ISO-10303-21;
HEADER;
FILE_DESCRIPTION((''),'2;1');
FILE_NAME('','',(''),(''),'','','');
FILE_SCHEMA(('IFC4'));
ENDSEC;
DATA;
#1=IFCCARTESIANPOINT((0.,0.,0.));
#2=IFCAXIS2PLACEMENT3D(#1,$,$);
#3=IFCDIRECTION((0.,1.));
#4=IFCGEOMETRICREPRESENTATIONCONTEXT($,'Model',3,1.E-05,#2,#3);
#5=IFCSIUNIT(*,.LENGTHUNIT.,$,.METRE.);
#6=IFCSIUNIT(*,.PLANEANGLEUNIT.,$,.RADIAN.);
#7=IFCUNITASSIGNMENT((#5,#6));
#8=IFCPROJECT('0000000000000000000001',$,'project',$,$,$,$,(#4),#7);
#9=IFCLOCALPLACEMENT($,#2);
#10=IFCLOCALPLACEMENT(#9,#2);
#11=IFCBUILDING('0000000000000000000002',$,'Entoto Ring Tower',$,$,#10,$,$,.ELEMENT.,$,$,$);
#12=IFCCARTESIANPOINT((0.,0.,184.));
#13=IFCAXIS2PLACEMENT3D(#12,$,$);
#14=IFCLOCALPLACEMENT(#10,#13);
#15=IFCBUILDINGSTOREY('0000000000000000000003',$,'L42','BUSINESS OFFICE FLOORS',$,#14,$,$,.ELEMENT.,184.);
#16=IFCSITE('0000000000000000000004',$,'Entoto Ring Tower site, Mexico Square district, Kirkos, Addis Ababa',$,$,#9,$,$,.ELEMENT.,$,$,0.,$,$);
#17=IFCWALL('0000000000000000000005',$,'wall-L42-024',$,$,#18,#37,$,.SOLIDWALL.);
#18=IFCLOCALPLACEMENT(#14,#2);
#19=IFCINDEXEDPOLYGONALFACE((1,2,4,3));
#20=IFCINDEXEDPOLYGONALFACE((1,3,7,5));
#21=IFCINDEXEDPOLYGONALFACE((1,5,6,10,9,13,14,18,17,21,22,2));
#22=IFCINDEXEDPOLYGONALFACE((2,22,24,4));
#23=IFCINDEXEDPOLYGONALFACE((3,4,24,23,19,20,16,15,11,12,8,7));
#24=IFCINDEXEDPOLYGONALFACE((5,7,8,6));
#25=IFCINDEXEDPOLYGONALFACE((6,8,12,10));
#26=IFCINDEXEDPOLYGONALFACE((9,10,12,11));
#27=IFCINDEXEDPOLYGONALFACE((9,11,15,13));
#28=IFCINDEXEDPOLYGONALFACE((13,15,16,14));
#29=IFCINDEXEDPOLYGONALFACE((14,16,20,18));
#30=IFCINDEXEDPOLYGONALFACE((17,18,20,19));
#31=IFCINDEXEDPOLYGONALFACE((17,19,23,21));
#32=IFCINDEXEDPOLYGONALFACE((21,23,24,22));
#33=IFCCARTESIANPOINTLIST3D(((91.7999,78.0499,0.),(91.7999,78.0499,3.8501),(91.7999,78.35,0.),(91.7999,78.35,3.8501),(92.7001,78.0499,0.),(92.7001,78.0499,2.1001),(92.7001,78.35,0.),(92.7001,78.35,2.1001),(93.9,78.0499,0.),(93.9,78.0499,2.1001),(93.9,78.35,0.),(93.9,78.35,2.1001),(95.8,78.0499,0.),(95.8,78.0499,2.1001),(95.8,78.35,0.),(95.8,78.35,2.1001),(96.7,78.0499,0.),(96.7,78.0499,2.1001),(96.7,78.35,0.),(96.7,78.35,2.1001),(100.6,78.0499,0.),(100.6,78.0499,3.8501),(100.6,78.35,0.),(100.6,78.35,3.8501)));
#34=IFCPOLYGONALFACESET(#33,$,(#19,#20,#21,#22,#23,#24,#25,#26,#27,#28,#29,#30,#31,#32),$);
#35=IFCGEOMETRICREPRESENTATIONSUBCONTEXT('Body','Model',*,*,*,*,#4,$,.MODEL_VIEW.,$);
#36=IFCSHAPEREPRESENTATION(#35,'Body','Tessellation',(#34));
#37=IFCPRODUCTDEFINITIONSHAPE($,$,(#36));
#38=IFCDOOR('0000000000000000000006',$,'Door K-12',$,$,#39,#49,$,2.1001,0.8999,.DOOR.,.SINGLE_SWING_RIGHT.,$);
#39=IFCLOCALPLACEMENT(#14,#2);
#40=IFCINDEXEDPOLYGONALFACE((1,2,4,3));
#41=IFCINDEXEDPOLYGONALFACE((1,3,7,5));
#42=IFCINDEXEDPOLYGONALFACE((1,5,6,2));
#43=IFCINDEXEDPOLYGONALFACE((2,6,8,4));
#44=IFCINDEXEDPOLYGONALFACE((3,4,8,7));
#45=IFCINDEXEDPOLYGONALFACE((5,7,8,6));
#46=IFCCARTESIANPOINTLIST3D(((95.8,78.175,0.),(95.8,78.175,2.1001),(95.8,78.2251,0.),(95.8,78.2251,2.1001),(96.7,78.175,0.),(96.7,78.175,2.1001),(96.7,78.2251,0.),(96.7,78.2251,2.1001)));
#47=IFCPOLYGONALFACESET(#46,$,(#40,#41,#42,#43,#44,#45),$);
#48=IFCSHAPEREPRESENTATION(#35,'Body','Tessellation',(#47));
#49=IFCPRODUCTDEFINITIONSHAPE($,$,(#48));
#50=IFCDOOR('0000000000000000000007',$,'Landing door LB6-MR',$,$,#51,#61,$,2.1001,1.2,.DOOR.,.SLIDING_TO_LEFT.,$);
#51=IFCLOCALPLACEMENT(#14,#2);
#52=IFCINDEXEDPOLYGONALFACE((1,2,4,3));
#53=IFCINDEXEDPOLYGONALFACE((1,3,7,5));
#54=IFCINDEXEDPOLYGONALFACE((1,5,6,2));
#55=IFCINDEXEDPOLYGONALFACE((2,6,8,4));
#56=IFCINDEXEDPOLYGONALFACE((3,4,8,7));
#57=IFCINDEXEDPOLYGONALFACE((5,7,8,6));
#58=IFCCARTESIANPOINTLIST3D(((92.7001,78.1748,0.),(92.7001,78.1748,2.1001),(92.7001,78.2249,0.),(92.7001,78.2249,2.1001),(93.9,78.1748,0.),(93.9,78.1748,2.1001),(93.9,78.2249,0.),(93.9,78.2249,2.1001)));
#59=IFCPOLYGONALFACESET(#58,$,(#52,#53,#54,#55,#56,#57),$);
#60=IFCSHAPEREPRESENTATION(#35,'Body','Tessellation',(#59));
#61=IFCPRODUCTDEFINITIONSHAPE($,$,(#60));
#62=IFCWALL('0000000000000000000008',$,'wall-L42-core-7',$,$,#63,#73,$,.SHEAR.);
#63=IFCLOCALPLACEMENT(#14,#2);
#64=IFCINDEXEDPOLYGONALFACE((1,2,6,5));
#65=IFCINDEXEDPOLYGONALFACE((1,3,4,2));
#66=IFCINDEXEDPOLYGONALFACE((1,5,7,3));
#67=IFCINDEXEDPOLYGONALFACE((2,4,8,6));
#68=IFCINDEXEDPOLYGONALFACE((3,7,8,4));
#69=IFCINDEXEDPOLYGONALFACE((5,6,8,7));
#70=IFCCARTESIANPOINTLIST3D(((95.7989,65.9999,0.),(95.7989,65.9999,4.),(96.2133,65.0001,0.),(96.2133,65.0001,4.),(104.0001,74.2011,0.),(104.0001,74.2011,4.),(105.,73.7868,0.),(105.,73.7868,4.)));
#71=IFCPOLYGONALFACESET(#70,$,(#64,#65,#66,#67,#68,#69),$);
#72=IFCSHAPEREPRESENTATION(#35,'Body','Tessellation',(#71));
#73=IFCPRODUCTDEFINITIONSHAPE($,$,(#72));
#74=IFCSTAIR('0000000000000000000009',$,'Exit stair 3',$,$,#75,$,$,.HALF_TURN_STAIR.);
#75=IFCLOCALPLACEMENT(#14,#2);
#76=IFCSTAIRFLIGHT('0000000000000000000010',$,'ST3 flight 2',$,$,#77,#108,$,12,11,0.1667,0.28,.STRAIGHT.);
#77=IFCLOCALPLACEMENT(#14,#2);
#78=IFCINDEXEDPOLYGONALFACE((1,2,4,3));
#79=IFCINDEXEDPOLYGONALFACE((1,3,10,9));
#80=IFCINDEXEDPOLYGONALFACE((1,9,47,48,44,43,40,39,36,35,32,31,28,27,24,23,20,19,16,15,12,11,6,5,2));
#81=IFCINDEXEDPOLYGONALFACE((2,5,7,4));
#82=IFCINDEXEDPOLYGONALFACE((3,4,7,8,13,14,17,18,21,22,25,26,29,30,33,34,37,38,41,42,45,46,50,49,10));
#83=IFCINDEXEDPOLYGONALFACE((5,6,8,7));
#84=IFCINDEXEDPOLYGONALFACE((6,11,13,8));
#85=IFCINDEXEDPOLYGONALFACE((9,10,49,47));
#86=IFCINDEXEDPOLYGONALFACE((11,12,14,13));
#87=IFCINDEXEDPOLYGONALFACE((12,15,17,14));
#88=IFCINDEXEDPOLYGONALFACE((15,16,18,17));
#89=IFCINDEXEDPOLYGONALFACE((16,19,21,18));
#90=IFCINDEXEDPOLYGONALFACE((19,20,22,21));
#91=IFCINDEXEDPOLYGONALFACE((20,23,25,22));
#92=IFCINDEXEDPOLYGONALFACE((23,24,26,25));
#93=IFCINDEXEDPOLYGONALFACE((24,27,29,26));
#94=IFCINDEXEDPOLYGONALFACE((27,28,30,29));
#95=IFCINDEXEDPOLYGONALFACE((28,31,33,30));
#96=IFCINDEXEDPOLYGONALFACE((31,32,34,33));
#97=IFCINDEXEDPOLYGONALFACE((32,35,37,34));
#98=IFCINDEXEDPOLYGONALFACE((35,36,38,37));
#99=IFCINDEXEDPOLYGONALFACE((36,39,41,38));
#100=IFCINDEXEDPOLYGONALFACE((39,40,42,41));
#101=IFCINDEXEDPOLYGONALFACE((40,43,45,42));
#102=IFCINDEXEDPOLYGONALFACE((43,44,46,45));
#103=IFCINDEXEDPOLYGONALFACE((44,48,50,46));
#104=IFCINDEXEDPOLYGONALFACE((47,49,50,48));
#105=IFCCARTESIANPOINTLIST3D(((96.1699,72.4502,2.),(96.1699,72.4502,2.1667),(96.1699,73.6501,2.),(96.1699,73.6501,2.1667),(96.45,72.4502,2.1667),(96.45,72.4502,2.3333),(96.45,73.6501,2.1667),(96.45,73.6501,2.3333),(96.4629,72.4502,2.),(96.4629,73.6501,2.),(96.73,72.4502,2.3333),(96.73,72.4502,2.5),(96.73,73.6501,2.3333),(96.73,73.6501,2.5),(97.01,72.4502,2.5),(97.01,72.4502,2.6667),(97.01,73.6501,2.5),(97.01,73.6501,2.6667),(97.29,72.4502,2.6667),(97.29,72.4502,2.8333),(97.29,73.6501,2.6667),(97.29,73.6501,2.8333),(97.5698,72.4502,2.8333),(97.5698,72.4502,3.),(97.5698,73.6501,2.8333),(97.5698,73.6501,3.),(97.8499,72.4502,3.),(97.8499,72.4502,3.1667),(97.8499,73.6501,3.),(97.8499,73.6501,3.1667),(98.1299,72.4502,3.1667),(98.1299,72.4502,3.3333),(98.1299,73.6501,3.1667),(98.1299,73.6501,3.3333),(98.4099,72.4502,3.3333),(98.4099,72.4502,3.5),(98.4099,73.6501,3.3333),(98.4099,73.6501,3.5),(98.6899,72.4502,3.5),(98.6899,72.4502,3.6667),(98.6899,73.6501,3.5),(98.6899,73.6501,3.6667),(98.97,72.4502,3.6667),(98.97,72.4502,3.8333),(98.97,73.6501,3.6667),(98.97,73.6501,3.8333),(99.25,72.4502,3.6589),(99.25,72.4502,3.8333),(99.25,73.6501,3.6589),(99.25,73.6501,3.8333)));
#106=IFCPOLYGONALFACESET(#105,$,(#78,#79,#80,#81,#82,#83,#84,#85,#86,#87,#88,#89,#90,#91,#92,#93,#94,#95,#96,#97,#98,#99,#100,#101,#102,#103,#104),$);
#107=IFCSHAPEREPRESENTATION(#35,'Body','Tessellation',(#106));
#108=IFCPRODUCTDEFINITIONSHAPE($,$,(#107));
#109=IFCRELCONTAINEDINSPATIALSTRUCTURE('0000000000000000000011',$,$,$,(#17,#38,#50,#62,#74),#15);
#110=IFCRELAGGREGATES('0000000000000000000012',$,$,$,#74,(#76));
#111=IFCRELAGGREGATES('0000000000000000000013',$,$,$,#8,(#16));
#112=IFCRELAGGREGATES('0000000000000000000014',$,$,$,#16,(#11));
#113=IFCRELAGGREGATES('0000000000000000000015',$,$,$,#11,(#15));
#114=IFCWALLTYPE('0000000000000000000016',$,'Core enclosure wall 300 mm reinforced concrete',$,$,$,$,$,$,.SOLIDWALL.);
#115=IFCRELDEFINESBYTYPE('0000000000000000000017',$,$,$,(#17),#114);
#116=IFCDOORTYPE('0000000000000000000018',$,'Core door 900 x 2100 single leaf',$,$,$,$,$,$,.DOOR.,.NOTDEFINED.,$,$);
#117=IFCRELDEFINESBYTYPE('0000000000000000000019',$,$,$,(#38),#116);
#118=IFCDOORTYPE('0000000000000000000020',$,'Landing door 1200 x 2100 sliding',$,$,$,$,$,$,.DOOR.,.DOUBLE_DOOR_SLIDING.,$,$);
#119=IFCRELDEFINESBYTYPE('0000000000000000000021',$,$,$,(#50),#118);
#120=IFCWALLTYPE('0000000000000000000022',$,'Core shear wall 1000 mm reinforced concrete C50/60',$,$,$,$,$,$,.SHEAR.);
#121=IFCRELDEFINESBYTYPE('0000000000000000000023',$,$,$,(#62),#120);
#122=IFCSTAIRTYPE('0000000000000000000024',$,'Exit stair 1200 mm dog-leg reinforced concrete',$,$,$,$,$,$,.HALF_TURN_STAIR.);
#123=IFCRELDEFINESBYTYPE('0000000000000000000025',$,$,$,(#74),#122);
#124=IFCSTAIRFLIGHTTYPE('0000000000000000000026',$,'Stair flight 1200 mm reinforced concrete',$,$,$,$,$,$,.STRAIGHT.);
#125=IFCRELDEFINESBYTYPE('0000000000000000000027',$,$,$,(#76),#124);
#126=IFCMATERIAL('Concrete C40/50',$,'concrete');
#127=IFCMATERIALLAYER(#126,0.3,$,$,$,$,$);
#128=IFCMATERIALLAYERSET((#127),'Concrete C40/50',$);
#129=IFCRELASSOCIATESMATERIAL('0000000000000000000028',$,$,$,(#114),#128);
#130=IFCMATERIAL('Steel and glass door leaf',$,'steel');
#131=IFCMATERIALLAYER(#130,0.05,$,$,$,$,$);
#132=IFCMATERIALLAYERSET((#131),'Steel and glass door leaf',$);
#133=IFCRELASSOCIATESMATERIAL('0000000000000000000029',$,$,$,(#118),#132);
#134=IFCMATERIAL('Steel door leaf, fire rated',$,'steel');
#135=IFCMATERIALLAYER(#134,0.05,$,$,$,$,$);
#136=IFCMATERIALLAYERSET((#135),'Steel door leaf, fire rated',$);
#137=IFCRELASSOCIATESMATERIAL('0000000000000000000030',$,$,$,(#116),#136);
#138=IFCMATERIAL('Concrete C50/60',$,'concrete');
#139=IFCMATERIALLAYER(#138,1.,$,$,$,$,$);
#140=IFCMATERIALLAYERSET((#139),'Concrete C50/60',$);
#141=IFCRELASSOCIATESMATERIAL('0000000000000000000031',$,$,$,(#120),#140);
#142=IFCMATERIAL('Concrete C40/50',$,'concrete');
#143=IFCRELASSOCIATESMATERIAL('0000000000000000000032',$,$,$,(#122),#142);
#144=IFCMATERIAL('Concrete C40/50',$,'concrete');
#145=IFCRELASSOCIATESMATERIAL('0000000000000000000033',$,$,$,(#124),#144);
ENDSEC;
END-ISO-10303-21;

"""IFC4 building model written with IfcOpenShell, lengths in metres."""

from ifc_helpers import new_model, si_unit, direction, frame, frame_2d, origin, place, context, subcontext, project, spatial, polyline, rectangle, outline, extrude, material, layer, layer_set, type_object, element, fill, aggregate, save


model = new_model("IFC4")

# Units and contexts
model_context = context("Model", 3, precision=1e-05, world=origin(), true_north=direction((0.0, 1.0)))
body_context = subcontext(model_context, "Body", "Model", "MODEL_VIEW")
ifc_project = project(units=[si_unit("LENGTHUNIT", "METRE"), si_unit("PLANEANGLEUNIT", "RADIAN")], contexts=[model_context])

# Site, building, storey
site_placement = place(None, origin())
site = spatial("IfcSite", under=ifc_project, at=site_placement, Name="Entoto Ring Tower site, Mexico Square district, Kirkos, Addis Ababa", CompositionType="ELEMENT", RefElevation=0.0)
building_placement = place(site_placement, origin())
building = spatial("IfcBuilding", under=site, at=building_placement, Name="Entoto Ring Tower", CompositionType="ELEMENT")
storey_placement = place(building_placement, frame((0.0, 0.0, 184.0)))
storey = spatial("IfcBuildingStorey", under=building, at=storey_placement, Name="L42", Description="BUSINESS OFFICE FLOORS", CompositionType="ELEMENT", Elevation=184.0)

# Shared definitions
ifc_material_1 = material(Name="Concrete C40/50", Category="concrete")
ifc_layer_1 = layer(ifc_material_1, 0.3)
ifc_layer_set_1 = layer_set([ifc_layer_1], Name="Concrete C40/50")
wall_type_1 = type_object("IfcWallType", Name="Core enclosure wall 300 mm reinforced concrete", PredefinedType="SOLIDWALL", material=ifc_layer_set_1)

# Shared definitions
ifc_material_2 = material(Name="Steel and glass door leaf", Category="steel")
ifc_layer_2 = layer(ifc_material_2, 0.05)
ifc_layer_set_2 = layer_set([ifc_layer_2], Name="Steel and glass door leaf")
door_type_1 = type_object("IfcDoorType", Name="Landing door 1200 x 2100 sliding", OperationType="DOUBLE_DOOR_SLIDING", PredefinedType="DOOR", material=ifc_layer_set_2)

# Wall, openings, doors
wall_1_placement = place(storey_placement, frame((91.8, 78.2, 0.0), z_axis=(0.0, 0.0, 1.0), x_axis=(1.0, 0.0, 0.0)))
wall_1 = element("IfcWall", 1, at=wall_1_placement, inside=storey, type_object=wall_type_1, Name="wall-L42-024", PredefinedType="SOLIDWALL", context=body_context, shape_type="SweptSolid", body=[
    extrude(rectangle(XDim=8.8, YDim=0.3, at=frame_2d((4.3999, 0.0))), origin(), (0.0, 0.0, 1.0), 3.8501),
])
opening_1_placement = place(wall_1_placement, frame((0.8999, 0.0, 0.0)))
opening_1 = element("IfcOpeningElement", 2, at=opening_1_placement, cuts=wall_1, PredefinedType="OPENING", context=body_context, shape_type="SweptSolid", body=[
    extrude(rectangle(XDim=1.2, YDim=2.1001, at=frame_2d((0.6001, 1.05))), frame((0.0, 0.1602, 0.0), z_axis=(0.0, -1.0, 0.0), x_axis=(1.0, 0.0, 0.0)), (0.0, 0.0, 1.0), 0.3201),
])
opening_2_placement = place(wall_1_placement, frame((4.0, 0.0, 0.0)))
opening_2 = element("IfcOpeningElement", 3, at=opening_2_placement, cuts=wall_1, PredefinedType="OPENING", context=body_context, shape_type="SweptSolid", body=[
    extrude(rectangle(XDim=0.8999, YDim=2.1001, at=frame_2d((0.45, 1.05))), frame((0.0, 0.1602, 0.0), z_axis=(0.0, -1.0, 0.0), x_axis=(1.0, 0.0, 0.0)), (0.0, 0.0, 1.0), 0.3201),
])
ifc_material_3 = material(Name="Steel door leaf, fire rated", Category="steel")
ifc_layer_3 = layer(ifc_material_3, 0.05)
ifc_layer_set_3 = layer_set([ifc_layer_3], Name="Steel door leaf, fire rated")
door_type_2 = type_object("IfcDoorType", Name="Core door 900 x 2100 single leaf", OperationType="NOTDEFINED", PredefinedType="DOOR", material=ifc_layer_set_3)
door_1_placement = place(opening_2_placement, frame((0.8999, 0.0, 0.0), z_axis=(0.0, 0.0, 1.0), x_axis=(-1.0, 0.0, 0.0)))
door_1 = element("IfcDoor", 4, at=door_1_placement, inside=storey, type_object=door_type_2, Name="Door K-12", OperationType="SINGLE_SWING_RIGHT", OverallHeight=2.1001, OverallWidth=0.8999, PredefinedType="DOOR", context=body_context, shape_type="SweptSolid", body=[
    extrude(rectangle(XDim=0.8999, YDim=2.1001, at=frame_2d((0.45, 1.05))), frame((0.0, 0.0249, 0.0), z_axis=(0.0, -1.0, 0.0), x_axis=(1.0, 0.0, 0.0)), (0.0, 0.0, 1.0), 0.05),
])
fill(opening_2, door_1)
door_2_placement = place(opening_1_placement, origin())
door_2 = element("IfcDoor", 5, at=door_2_placement, inside=storey, type_object=door_type_1, Name="Landing door LB6-MR", OperationType="SLIDING_TO_LEFT", OverallHeight=2.1001, OverallWidth=1.2, PredefinedType="DOOR", context=body_context, shape_type="SweptSolid", body=[
    extrude(rectangle(XDim=1.2, YDim=2.1001, at=frame_2d((0.6001, 1.05))), frame((0.0, 0.0249, 0.0), z_axis=(0.0, -1.0, 0.0), x_axis=(1.0, 0.0, 0.0)), (0.0, 0.0, 1.0), 0.05),
])
fill(opening_1, door_2)

# Wall
ifc_material_4 = material(Name="Concrete C50/60", Category="concrete")
ifc_layer_4 = layer(ifc_material_4, 1.0)
ifc_layer_set_4 = layer_set([ifc_layer_4], Name="Concrete C50/60")
wall_type_2 = type_object("IfcWallType", Name="Core shear wall 1000 mm reinforced concrete C50/60", PredefinedType="SHEAR", material=ifc_layer_set_4)
wall_2_placement = place(storey_placement, frame((96.0061, 65.5, 0.0), z_axis=(0.0, 0.0, 1.0), x_axis=(0.707107, 0.707107, 0.0)))
element("IfcWall", 6, at=wall_2_placement, inside=storey, type_object=wall_type_2, Name="wall-L42-core-7", PredefinedType="SHEAR", context=body_context, shape_type="SweptSolid", body=[
    extrude(outline(polyline([(-0.207, -0.5), (12.2192, -0.5), (11.8052, 0.5), (0.207, 0.5), (-0.207, -0.5)])), origin(), (0.0, 0.0, 1.0), 4.0),
])

# Stair, stair flight
ifc_material_5 = material(Name="Concrete C40/50", Category="concrete")
stair_type = type_object("IfcStairType", Name="Exit stair 1200 mm dog-leg reinforced concrete", PredefinedType="HALF_TURN_STAIR", material=ifc_material_5)
stair_placement = place(storey_placement, origin())
stair = element("IfcStair", 7, at=stair_placement, inside=storey, type_object=stair_type, Name="Exit stair 3", PredefinedType="HALF_TURN_STAIR")
ifc_material_6 = material(Name="Concrete C40/50", Category="concrete")
stair_flight_type = type_object("IfcStairFlightType", Name="Stair flight 1200 mm reinforced concrete", PredefinedType="STRAIGHT", material=ifc_material_6)
stair_flight_placement = place(storey_placement, frame((96.1699, 73.05, 2.0), z_axis=(0.0, 0.0, 1.0), x_axis=(1.0, 0.0, 0.0)))
stair_flight = element("IfcStairFlight", 8, at=stair_flight_placement, type_object=stair_flight_type, Name="ST3 flight 2", NumberOfRisers=12, NumberOfTreads=11, PredefinedType="STRAIGHT", RiserHeight=0.1667, TreadLength=0.28, context=body_context, shape_type="SweptSolid", body=[
    extrude(outline(polyline([(0.0, 0.0), (0.0, 0.1667), (0.28, 0.1667), (0.28, 0.3333), (0.5601, 0.3333), (0.5601, 0.5), (0.8401, 0.5), (0.8401, 0.6667), (1.1201, 0.6667), (1.1201, 0.8333), (1.3999, 0.8333), (1.3999, 1.0), (1.6799, 1.0), (1.6799, 1.1667), (1.96, 1.1667), (1.96, 1.3333), (2.24, 1.3333), (2.24, 1.5), (2.52, 1.5), (2.52, 1.6667), (2.8, 1.6667), (2.8, 1.8333), (3.0801, 1.8333), (3.0801, 2.0), (3.0801, 1.6589), (0.293, 0.0), (0.0, 0.0)])), frame((0.0, 0.6001, 0.0), z_axis=(0.0, -1.0, 0.0), x_axis=(1.0, 0.0, 0.0)), (0.0, 0.0, 1.0), 1.2),
])
aggregate(stair, [stair_flight])

save(model, "model.ifc")
